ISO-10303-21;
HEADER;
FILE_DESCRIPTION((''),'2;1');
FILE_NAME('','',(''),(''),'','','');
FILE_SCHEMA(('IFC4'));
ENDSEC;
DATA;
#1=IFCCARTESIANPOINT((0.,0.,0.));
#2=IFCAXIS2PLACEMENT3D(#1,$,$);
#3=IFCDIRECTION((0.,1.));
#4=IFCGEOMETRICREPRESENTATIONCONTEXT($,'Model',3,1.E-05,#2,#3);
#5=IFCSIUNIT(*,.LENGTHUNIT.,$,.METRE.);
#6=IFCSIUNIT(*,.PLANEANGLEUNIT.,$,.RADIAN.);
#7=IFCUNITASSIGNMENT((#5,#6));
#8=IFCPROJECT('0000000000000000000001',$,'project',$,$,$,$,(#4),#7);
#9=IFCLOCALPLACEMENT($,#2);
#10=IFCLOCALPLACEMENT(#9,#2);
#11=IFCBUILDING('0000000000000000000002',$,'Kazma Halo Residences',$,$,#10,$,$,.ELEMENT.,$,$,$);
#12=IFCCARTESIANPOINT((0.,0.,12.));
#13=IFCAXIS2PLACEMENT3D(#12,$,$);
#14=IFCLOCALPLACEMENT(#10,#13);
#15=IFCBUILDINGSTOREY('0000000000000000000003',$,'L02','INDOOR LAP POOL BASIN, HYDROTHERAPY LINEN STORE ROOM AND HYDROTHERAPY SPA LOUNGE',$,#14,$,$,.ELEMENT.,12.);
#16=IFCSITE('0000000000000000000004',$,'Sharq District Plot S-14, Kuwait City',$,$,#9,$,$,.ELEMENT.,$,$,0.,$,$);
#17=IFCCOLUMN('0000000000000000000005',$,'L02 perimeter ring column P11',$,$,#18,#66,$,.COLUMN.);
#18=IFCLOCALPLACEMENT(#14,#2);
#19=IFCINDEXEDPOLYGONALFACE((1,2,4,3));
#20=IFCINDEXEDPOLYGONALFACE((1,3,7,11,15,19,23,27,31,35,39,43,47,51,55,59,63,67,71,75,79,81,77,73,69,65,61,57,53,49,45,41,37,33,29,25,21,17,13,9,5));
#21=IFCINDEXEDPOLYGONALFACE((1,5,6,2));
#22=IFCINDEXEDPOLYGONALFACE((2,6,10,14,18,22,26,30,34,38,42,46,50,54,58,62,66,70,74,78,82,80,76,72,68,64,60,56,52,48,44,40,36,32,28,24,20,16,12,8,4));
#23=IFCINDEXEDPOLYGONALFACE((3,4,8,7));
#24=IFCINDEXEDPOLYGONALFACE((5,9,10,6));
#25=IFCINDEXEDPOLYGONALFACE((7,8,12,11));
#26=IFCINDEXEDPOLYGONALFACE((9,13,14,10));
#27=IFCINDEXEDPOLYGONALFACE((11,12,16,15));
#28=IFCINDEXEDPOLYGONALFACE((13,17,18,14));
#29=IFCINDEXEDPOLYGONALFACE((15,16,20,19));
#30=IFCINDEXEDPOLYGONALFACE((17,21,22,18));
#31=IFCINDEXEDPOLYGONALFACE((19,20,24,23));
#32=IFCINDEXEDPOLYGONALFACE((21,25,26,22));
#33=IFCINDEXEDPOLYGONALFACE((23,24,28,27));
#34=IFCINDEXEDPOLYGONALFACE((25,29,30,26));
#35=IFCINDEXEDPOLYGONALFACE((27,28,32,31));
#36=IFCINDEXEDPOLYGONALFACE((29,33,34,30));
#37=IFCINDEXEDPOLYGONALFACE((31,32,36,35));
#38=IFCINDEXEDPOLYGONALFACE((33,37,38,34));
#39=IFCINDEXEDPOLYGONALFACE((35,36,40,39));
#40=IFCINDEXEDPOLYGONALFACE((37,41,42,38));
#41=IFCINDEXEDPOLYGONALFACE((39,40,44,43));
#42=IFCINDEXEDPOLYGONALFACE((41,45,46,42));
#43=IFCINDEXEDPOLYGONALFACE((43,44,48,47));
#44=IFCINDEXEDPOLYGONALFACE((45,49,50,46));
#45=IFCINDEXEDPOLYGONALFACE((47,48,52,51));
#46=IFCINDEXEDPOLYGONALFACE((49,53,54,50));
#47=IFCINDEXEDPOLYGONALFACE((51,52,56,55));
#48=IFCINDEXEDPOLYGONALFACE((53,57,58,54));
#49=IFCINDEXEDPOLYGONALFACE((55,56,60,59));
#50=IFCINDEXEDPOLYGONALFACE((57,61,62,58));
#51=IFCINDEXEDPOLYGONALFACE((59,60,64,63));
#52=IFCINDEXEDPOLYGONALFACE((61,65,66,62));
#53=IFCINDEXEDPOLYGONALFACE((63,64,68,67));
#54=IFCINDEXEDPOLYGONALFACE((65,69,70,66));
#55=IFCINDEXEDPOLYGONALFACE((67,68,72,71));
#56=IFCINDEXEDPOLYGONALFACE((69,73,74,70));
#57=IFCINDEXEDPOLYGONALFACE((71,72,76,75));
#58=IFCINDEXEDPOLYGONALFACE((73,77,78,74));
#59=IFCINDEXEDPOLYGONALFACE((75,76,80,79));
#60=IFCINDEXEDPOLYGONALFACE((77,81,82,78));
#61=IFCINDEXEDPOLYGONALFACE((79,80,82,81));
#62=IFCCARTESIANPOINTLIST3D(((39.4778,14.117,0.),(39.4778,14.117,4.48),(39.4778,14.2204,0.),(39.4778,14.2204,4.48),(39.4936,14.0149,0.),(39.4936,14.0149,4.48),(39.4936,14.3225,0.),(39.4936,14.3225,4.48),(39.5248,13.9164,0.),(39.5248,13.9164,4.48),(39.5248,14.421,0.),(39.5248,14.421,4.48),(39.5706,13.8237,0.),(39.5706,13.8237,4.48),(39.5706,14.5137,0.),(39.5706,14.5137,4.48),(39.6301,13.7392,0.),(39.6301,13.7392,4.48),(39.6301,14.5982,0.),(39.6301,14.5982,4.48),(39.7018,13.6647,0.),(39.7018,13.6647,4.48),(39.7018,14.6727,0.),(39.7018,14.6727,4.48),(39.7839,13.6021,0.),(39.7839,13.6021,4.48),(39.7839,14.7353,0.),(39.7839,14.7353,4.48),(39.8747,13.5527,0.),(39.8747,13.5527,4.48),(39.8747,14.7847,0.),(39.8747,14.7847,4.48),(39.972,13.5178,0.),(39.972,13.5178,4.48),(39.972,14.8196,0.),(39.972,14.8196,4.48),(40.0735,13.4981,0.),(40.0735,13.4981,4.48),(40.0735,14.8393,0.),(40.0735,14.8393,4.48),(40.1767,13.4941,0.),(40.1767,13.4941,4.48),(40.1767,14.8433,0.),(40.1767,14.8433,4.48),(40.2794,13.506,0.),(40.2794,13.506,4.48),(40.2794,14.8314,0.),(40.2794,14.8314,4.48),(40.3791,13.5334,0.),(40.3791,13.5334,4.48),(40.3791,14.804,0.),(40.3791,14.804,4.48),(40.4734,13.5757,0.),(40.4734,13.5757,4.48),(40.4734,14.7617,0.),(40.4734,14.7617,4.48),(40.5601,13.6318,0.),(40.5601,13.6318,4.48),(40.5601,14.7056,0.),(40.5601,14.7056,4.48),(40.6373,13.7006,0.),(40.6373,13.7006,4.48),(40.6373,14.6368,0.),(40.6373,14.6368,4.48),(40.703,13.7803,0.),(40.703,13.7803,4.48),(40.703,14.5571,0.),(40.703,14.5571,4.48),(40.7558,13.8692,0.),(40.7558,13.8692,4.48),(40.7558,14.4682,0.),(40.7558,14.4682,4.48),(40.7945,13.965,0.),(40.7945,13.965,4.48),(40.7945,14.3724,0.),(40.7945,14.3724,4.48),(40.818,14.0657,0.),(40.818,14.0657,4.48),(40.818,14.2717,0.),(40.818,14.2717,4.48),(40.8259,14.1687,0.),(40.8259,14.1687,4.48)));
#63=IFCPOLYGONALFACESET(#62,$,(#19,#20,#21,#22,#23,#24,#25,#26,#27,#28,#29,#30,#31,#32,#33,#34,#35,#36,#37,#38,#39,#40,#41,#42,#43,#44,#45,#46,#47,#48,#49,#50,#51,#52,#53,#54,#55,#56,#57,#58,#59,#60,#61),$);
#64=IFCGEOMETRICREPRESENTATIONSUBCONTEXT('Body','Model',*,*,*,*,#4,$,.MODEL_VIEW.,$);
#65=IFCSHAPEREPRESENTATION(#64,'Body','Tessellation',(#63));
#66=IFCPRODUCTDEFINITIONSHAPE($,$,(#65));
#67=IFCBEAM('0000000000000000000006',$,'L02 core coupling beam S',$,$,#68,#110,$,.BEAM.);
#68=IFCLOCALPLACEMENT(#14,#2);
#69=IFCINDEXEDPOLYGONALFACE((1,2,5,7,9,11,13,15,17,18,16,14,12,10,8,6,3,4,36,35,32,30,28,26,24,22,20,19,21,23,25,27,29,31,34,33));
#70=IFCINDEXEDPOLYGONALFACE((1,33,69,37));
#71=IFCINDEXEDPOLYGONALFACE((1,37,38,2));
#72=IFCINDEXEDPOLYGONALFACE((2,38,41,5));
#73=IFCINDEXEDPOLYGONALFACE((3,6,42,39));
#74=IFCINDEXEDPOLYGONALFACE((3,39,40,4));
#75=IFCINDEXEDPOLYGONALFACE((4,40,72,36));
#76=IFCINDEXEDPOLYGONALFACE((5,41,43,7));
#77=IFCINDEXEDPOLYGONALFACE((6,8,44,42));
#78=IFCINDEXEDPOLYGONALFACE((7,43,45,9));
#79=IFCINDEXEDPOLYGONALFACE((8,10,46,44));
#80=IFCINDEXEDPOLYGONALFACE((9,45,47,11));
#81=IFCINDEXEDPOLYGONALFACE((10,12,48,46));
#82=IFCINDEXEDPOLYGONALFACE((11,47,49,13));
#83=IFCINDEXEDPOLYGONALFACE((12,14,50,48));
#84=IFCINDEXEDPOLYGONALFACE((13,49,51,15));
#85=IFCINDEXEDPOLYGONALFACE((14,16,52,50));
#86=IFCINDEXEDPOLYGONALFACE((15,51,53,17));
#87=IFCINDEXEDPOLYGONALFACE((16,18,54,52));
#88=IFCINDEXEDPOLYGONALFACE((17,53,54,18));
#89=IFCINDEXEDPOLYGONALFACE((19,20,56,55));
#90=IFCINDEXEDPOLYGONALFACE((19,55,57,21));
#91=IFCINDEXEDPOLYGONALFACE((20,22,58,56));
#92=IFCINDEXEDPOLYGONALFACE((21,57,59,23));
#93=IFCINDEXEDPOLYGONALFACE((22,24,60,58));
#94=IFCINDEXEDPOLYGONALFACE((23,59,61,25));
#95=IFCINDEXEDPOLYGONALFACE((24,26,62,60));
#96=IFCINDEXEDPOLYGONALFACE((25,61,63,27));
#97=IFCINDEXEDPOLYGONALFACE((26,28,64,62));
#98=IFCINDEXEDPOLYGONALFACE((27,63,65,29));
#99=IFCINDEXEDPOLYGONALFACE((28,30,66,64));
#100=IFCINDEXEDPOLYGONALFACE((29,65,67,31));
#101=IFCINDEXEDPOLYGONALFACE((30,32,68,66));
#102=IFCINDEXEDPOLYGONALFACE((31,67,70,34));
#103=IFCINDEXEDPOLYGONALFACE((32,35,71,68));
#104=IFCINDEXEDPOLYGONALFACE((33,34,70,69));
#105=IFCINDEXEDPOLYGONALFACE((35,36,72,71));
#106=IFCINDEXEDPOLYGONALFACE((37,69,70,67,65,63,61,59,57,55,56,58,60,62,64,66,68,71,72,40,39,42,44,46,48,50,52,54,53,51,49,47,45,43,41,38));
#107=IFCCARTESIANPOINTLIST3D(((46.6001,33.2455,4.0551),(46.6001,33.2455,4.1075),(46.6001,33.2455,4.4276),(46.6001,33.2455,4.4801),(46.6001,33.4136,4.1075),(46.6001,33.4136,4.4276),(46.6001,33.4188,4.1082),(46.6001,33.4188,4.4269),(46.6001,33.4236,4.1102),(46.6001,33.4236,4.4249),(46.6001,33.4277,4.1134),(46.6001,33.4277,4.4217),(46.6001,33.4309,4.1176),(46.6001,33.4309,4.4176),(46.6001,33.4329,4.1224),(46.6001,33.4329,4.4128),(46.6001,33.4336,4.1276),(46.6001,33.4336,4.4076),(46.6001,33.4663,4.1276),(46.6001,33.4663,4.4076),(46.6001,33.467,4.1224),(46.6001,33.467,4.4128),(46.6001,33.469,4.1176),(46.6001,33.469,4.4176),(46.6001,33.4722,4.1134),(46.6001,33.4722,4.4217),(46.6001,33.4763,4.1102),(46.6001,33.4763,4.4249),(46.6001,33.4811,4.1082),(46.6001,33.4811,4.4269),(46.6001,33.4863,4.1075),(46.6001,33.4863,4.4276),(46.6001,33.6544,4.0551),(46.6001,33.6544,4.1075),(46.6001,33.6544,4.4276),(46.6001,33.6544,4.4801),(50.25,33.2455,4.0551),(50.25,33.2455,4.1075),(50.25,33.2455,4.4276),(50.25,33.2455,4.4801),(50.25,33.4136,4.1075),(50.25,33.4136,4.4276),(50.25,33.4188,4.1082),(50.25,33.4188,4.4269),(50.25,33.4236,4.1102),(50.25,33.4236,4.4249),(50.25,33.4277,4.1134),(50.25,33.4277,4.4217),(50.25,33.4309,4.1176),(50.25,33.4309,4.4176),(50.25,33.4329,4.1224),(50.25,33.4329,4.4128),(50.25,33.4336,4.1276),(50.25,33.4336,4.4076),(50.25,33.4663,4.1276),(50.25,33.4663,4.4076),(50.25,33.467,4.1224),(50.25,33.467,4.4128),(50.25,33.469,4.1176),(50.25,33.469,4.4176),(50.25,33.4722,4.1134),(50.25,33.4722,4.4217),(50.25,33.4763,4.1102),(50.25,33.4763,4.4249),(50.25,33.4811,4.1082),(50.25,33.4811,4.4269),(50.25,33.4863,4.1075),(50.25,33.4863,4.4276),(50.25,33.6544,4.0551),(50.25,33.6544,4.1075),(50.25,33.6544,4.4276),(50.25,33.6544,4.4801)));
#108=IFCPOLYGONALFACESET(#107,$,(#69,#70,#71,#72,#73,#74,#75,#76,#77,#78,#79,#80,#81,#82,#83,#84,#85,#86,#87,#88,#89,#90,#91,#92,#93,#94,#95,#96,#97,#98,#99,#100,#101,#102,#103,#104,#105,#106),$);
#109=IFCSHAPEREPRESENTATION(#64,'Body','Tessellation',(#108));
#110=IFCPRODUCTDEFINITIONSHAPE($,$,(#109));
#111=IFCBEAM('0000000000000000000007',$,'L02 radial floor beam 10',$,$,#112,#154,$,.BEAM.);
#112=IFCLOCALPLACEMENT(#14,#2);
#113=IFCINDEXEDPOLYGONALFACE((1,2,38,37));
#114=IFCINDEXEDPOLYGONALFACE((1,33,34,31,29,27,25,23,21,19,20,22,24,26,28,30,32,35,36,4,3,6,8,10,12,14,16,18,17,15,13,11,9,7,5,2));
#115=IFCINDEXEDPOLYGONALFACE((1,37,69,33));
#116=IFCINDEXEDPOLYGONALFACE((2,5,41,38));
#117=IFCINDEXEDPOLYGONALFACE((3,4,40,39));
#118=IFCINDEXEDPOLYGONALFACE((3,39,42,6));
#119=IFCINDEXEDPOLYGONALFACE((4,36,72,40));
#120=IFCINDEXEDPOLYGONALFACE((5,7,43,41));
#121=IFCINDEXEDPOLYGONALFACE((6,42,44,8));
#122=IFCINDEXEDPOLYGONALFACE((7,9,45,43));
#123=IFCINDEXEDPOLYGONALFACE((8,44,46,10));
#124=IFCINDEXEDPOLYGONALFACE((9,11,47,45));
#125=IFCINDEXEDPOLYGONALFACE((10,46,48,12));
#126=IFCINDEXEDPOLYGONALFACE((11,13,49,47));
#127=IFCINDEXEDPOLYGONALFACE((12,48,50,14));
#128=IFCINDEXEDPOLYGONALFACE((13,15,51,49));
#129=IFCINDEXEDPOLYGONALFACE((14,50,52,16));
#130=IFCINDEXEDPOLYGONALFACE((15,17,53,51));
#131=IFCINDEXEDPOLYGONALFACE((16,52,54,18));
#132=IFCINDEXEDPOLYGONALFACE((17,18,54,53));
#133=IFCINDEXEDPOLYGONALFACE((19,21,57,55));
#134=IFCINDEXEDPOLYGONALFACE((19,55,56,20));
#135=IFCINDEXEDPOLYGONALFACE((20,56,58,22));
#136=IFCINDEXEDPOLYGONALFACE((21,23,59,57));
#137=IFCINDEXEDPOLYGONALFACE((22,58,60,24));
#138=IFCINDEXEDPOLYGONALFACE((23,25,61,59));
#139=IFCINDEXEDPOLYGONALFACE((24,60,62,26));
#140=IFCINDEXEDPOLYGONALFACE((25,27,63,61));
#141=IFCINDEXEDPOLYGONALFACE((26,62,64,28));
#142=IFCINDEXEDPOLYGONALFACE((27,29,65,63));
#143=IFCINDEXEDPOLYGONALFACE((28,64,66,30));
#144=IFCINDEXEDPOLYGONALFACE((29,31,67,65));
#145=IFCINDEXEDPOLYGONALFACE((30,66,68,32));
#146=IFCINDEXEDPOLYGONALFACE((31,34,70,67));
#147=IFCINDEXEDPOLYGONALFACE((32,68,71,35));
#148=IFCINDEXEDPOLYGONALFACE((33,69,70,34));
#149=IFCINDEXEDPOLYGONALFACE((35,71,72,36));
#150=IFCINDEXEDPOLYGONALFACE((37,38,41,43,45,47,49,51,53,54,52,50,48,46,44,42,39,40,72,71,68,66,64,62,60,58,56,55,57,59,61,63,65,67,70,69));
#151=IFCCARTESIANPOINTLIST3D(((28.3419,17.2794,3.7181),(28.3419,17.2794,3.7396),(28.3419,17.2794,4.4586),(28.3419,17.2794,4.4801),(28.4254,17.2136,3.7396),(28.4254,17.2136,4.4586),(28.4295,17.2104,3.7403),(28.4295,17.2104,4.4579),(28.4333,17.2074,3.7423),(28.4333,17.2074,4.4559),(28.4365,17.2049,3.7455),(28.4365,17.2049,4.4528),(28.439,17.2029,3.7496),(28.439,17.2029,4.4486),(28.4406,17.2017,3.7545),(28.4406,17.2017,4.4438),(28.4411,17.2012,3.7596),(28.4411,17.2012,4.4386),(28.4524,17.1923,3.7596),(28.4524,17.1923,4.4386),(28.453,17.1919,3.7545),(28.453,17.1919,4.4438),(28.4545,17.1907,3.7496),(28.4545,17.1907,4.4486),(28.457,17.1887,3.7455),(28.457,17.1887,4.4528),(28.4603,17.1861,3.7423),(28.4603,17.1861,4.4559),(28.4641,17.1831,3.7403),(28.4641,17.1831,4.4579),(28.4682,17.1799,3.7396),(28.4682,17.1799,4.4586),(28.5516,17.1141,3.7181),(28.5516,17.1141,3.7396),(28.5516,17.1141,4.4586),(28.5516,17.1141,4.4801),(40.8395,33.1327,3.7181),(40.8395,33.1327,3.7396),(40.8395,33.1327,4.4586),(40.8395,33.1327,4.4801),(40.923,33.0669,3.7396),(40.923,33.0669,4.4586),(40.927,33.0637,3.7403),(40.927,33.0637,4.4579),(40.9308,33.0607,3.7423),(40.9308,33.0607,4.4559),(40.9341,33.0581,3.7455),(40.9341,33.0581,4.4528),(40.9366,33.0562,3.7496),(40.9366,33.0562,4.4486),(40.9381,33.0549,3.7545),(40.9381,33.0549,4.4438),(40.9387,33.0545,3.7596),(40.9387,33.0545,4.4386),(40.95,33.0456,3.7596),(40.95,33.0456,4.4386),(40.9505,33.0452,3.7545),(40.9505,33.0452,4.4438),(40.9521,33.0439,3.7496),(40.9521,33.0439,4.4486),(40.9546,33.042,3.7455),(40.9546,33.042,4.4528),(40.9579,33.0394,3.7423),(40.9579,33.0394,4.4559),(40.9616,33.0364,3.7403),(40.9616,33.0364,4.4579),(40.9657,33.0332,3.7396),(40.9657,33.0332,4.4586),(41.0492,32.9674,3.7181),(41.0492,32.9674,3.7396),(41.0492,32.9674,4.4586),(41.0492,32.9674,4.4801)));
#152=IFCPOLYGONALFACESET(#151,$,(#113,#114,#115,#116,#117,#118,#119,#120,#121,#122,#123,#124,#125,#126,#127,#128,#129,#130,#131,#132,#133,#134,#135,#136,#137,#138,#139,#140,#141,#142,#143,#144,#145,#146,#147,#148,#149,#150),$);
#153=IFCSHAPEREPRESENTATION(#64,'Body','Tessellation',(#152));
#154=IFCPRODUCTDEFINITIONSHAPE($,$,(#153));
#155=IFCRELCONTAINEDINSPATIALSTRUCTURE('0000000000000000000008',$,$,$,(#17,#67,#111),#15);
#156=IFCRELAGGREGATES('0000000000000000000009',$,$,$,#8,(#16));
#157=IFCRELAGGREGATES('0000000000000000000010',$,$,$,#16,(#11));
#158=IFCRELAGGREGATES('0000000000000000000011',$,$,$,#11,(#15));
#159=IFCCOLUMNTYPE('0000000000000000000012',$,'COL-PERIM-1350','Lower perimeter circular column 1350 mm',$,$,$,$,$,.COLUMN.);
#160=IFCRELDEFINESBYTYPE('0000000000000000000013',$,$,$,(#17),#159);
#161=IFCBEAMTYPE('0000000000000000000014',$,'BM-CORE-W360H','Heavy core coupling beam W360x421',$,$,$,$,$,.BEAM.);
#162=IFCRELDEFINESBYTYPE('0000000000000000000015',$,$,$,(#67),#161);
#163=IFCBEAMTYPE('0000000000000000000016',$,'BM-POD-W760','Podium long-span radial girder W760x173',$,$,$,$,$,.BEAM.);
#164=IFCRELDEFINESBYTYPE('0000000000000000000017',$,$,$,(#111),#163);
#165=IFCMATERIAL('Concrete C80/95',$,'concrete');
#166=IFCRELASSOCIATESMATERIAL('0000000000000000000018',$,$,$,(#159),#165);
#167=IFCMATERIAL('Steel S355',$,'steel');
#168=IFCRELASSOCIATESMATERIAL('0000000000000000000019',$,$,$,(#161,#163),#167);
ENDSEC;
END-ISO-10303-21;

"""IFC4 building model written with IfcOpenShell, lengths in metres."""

from ifc_helpers import new_model, si_unit, direction, frame, origin, origin_2d, place, context, subcontext, project, spatial, circle, i_section, extrude, material, material_profile, profile_set, type_object, element, save


model = new_model("IFC4")

# Units and contexts
model_context = context("Model", 3, precision=1e-05, world=origin(), true_north=direction((0.0, 1.0)))
body_context = subcontext(model_context, "Body", "Model", "MODEL_VIEW")
ifc_project = project(units=[si_unit("LENGTHUNIT", "METRE"), si_unit("PLANEANGLEUNIT", "RADIAN")], contexts=[model_context])

# Site, building, storey
site_placement = place(None, origin())
site = spatial("IfcSite", under=ifc_project, at=site_placement, Name="Sharq District Plot S-14, Kuwait City", CompositionType="ELEMENT", RefElevation=0.0)
building_placement = place(site_placement, origin())
building = spatial("IfcBuilding", under=site, at=building_placement, Name="Kazma Halo Residences", CompositionType="ELEMENT")
storey_placement = place(building_placement, frame((0.0, 0.0, 12.0)))
storey = spatial("IfcBuildingStorey", under=building, at=storey_placement, Name="L02", Description="INDOOR LAP POOL BASIN, HYDROTHERAPY LINEN STORE ROOM AND HYDROTHERAPY SPA LOUNGE", CompositionType="ELEMENT", Elevation=12.0)

# Column
ifc_material_1 = material(Name="Concrete C80/95", Category="concrete")
ifc_material_profile_1 = material_profile(ifc_material_1, circle(Radius=0.675, at=origin_2d()), Name="CIRC1350")
ifc_profile_set_1 = profile_set([ifc_material_profile_1], Name="Concrete C80/95")
column_type = type_object("IfcColumnType", Name="COL-PERIM-1350", Description="Lower perimeter circular column 1350 mm", PredefinedType="COLUMN", material=ifc_profile_set_1)
column_placement = place(storey_placement, frame((40.1509, 14.1687, 0.0), z_axis=(0.0, 0.0, 1.0), x_axis=(1.0, 0.0, 0.0)))
element("IfcColumn", 1, at=column_placement, inside=storey, type_object=column_type, Name="L02 perimeter ring column P11", PredefinedType="COLUMN", context=body_context, shape_type="SweptSolid", body=[
    extrude(circle(Radius=0.675, at=origin_2d()), origin(), (0.0, 0.0, 1.0), 4.48),
])

# Beams
ifc_material_2 = material(Name="Steel S355", Category="steel")
ifc_material_profile_2 = material_profile(ifc_material_2, i_section(OverallWidth=0.4089, OverallDepth=0.425, WebThickness=0.0327, FlangeThickness=0.0525, FilletRadius=0.02, at=origin_2d()), Name="W360x421")
ifc_profile_set_2 = profile_set([ifc_material_profile_2], Name="Steel S355")
beam_type_1 = type_object("IfcBeamType", Name="BM-CORE-W360H", Description="Heavy core coupling beam W360x421", PredefinedType="BEAM", material=ifc_profile_set_2)
beam_1_placement = place(storey_placement, frame((46.6001, 33.45, 4.2676), z_axis=(1.0, 0.0, 0.0), x_axis=(0.0, 1.0, 0.0)))
element("IfcBeam", 2, at=beam_1_placement, inside=storey, type_object=beam_type_1, Name="L02 core coupling beam S", PredefinedType="BEAM", context=body_context, shape_type="SweptSolid", body=[
    extrude(i_section(OverallWidth=0.4089, OverallDepth=0.425, WebThickness=0.0327, FlangeThickness=0.0525, FilletRadius=0.02, at=origin_2d()), origin(), (0.0, 0.0, 1.0), 3.6499),
])
ifc_material_profile_3 = material_profile(ifc_material_2, i_section(OverallWidth=0.2671, OverallDepth=0.762, WebThickness=0.0144, FlangeThickness=0.0215, FilletRadius=0.02, at=origin_2d()), Name="W760x173")
ifc_profile_set_3 = profile_set([ifc_material_profile_3], Name="Steel S355")
beam_type_2 = type_object("IfcBeamType", Name="BM-POD-W760", Description="Podium long-span radial girder W760x173", PredefinedType="BEAM", material=ifc_profile_set_3)
beam_2_placement = place(storey_placement, frame((40.9443, 33.05, 4.0991), z_axis=(-0.619089, -0.785321, 0.0), x_axis=(0.785321, -0.619089, 0.0)))
element("IfcBeam", 3, at=beam_2_placement, inside=storey, type_object=beam_type_2, Name="L02 radial floor beam 10", PredefinedType="BEAM", context=body_context, shape_type="SweptSolid", body=[
    extrude(i_section(OverallWidth=0.2671, OverallDepth=0.762, WebThickness=0.0144, FlangeThickness=0.0215, FilletRadius=0.02, at=origin_2d()), origin(), (0.0, 0.0, 1.0), 20.187),
])

save(model, "model.ifc")
